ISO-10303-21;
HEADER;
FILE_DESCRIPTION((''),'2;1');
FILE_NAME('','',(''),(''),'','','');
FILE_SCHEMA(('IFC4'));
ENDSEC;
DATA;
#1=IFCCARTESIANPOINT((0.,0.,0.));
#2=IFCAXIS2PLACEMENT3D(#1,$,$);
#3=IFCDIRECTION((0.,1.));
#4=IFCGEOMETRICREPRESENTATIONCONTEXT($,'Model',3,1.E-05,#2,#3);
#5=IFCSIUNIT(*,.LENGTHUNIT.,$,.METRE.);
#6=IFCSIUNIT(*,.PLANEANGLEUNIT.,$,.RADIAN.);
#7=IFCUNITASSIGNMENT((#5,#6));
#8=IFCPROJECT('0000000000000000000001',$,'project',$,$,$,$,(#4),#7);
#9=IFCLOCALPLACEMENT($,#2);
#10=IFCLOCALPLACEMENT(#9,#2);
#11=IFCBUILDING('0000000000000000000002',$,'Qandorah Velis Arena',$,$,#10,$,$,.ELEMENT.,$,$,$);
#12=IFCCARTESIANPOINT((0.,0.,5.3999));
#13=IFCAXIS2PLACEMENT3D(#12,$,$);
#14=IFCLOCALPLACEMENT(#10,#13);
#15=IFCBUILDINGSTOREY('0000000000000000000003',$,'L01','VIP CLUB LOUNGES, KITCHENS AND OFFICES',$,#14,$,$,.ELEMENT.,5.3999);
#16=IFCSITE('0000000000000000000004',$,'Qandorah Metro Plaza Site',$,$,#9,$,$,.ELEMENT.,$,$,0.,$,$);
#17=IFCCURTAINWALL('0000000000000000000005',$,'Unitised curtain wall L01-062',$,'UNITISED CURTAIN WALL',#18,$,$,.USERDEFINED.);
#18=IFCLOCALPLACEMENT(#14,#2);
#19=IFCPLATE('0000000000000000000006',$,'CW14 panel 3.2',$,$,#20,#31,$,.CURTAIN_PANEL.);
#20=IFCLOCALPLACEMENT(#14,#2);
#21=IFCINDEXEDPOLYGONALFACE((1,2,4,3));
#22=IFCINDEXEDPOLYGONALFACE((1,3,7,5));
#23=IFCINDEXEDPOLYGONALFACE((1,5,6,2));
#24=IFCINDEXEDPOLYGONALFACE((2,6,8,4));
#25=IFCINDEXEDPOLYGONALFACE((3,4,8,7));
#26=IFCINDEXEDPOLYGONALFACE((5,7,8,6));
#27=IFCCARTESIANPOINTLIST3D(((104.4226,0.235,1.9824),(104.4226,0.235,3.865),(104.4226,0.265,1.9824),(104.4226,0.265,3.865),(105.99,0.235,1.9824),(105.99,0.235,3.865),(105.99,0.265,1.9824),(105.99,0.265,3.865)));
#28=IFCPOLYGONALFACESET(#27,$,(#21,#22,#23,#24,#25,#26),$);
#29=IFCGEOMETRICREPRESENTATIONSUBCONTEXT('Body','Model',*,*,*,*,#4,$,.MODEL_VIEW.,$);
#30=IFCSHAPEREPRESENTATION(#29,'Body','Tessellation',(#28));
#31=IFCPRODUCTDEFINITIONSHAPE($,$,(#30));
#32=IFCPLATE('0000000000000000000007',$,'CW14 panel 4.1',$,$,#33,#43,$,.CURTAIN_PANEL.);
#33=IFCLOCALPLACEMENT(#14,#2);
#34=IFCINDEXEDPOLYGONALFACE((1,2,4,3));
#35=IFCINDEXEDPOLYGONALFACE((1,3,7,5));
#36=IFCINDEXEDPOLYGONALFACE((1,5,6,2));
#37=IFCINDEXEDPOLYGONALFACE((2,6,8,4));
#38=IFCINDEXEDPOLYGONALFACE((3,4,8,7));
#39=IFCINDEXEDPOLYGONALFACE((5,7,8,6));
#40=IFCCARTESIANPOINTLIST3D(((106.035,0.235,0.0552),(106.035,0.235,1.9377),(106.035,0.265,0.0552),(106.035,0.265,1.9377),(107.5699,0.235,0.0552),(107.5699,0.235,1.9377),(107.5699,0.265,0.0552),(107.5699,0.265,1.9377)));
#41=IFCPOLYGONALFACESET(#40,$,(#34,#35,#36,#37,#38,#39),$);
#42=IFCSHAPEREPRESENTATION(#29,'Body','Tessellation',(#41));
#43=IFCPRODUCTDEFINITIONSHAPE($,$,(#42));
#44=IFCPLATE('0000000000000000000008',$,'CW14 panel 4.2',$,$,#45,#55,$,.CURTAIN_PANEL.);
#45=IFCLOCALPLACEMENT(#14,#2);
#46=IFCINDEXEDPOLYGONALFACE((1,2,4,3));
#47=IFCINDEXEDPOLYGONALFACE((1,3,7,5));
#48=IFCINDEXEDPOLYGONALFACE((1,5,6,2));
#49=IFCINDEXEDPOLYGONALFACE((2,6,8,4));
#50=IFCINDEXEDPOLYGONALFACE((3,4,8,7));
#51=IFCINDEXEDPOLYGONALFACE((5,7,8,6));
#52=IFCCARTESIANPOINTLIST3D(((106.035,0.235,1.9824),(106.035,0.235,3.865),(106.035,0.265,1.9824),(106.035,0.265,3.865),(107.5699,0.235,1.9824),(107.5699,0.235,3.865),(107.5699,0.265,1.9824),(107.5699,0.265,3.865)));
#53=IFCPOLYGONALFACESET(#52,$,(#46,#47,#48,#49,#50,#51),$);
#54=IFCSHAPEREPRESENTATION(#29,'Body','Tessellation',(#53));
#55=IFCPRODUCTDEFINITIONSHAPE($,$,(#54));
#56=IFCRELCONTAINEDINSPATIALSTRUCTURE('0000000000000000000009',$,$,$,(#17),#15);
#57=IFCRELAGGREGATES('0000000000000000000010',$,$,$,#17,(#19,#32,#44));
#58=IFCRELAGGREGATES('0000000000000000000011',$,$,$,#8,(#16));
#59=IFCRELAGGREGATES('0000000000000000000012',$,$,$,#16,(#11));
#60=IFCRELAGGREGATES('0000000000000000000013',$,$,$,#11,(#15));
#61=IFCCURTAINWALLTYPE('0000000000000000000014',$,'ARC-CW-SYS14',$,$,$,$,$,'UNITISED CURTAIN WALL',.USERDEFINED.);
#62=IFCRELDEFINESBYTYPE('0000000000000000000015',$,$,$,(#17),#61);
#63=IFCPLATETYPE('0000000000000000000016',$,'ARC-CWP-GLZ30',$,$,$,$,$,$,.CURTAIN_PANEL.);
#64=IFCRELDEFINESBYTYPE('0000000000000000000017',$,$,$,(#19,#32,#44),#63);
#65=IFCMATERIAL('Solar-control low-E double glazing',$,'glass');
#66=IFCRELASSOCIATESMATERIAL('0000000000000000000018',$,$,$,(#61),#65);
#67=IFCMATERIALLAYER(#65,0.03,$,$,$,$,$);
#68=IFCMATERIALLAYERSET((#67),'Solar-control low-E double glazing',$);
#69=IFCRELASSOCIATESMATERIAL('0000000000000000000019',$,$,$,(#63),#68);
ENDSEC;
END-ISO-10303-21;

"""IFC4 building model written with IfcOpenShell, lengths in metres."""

from ifc_helpers import new_model, si_unit, direction, frame, origin, origin_2d, place, context, subcontext, project, spatial, rectangle, extrude, material, layer, layer_set, type_object, element, aggregate, save


model = new_model("IFC4")

# Units and contexts
model_context = context("Model", 3, precision=1e-05, world=origin(), true_north=direction((0.0, 1.0)))
body_context = subcontext(model_context, "Body", "Model", "MODEL_VIEW")
ifc_project = project(units=[si_unit("LENGTHUNIT", "METRE"), si_unit("PLANEANGLEUNIT", "RADIAN")], contexts=[model_context])

# Site, building, storey
site_placement = place(None, origin())
site = spatial("IfcSite", under=ifc_project, at=site_placement, Name="Qandorah Metro Plaza Site", CompositionType="ELEMENT", RefElevation=0.0)
building_placement = place(site_placement, origin())
building = spatial("IfcBuilding", under=site, at=building_placement, Name="Qandorah Velis Arena", CompositionType="ELEMENT")
storey_placement = place(building_placement, frame((0.0, 0.0, 5.3999)))
storey = spatial("IfcBuildingStorey", under=building, at=storey_placement, Name="L01", Description="VIP CLUB LOUNGES, KITCHENS AND OFFICES", CompositionType="ELEMENT", Elevation=5.3999)

# Curtain wall
ifc_material_1 = material(Name="Solar-control low-E double glazing", Category="glass")
curtain_wall_type = type_object("IfcCurtainWallType", Name="ARC-CW-SYS14", ElementType="UNITISED CURTAIN WALL", PredefinedType="USERDEFINED", material=ifc_material_1)
curtain_wall_placement = place(storey_placement, origin())
curtain_wall = element("IfcCurtainWall", 1, at=curtain_wall_placement, inside=storey, type_object=curtain_wall_type, Name="Unitised curtain wall L01-062", ObjectType="UNITISED CURTAIN WALL", PredefinedType="USERDEFINED")

# Plates
ifc_layer = layer(ifc_material_1, 0.03)
ifc_layer_set = layer_set([ifc_layer], Name="Solar-control low-E double glazing")
plate_type = type_object("IfcPlateType", Name="ARC-CWP-GLZ30", PredefinedType="CURTAIN_PANEL", material=ifc_layer_set)
plate_1_placement = place(storey_placement, frame((105.2063, 0.25, 1.9824), z_axis=(0.0, 0.0, 1.0), x_axis=(1.0, 0.0, 0.0)))
plate_1 = element("IfcPlate", 2, at=plate_1_placement, type_object=plate_type, Name="CW14 panel 3.2", PredefinedType="CURTAIN_PANEL", context=body_context, shape_type="SweptSolid", body=[
    extrude(rectangle(XDim=1.5674, YDim=0.03, at=origin_2d()), origin(), (0.0, 0.0, 1.0), 1.8826),
])
plate_2_placement = place(storey_placement, frame((106.8025, 0.25, 0.0552), z_axis=(0.0, 0.0, 1.0), x_axis=(1.0, 0.0, 0.0)))
plate_2 = element("IfcPlate", 3, at=plate_2_placement, type_object=plate_type, Name="CW14 panel 4.1", PredefinedType="CURTAIN_PANEL", context=body_context, shape_type="SweptSolid", body=[
    extrude(rectangle(XDim=1.5349, YDim=0.03, at=origin_2d()), origin(), (0.0, 0.0, 1.0), 1.8826),
])
plate_3_placement = place(storey_placement, frame((106.8025, 0.25, 1.9824), z_axis=(0.0, 0.0, 1.0), x_axis=(1.0, 0.0, 0.0)))
plate_3 = element("IfcPlate", 4, at=plate_3_placement, type_object=plate_type, Name="CW14 panel 4.2", PredefinedType="CURTAIN_PANEL", context=body_context, shape_type="SweptSolid", body=[
    extrude(rectangle(XDim=1.5349, YDim=0.03, at=origin_2d()), origin(), (0.0, 0.0, 1.0), 1.8826),
])
aggregate(curtain_wall, [plate_1, plate_2, plate_3])

save(model, "model.ifc")
